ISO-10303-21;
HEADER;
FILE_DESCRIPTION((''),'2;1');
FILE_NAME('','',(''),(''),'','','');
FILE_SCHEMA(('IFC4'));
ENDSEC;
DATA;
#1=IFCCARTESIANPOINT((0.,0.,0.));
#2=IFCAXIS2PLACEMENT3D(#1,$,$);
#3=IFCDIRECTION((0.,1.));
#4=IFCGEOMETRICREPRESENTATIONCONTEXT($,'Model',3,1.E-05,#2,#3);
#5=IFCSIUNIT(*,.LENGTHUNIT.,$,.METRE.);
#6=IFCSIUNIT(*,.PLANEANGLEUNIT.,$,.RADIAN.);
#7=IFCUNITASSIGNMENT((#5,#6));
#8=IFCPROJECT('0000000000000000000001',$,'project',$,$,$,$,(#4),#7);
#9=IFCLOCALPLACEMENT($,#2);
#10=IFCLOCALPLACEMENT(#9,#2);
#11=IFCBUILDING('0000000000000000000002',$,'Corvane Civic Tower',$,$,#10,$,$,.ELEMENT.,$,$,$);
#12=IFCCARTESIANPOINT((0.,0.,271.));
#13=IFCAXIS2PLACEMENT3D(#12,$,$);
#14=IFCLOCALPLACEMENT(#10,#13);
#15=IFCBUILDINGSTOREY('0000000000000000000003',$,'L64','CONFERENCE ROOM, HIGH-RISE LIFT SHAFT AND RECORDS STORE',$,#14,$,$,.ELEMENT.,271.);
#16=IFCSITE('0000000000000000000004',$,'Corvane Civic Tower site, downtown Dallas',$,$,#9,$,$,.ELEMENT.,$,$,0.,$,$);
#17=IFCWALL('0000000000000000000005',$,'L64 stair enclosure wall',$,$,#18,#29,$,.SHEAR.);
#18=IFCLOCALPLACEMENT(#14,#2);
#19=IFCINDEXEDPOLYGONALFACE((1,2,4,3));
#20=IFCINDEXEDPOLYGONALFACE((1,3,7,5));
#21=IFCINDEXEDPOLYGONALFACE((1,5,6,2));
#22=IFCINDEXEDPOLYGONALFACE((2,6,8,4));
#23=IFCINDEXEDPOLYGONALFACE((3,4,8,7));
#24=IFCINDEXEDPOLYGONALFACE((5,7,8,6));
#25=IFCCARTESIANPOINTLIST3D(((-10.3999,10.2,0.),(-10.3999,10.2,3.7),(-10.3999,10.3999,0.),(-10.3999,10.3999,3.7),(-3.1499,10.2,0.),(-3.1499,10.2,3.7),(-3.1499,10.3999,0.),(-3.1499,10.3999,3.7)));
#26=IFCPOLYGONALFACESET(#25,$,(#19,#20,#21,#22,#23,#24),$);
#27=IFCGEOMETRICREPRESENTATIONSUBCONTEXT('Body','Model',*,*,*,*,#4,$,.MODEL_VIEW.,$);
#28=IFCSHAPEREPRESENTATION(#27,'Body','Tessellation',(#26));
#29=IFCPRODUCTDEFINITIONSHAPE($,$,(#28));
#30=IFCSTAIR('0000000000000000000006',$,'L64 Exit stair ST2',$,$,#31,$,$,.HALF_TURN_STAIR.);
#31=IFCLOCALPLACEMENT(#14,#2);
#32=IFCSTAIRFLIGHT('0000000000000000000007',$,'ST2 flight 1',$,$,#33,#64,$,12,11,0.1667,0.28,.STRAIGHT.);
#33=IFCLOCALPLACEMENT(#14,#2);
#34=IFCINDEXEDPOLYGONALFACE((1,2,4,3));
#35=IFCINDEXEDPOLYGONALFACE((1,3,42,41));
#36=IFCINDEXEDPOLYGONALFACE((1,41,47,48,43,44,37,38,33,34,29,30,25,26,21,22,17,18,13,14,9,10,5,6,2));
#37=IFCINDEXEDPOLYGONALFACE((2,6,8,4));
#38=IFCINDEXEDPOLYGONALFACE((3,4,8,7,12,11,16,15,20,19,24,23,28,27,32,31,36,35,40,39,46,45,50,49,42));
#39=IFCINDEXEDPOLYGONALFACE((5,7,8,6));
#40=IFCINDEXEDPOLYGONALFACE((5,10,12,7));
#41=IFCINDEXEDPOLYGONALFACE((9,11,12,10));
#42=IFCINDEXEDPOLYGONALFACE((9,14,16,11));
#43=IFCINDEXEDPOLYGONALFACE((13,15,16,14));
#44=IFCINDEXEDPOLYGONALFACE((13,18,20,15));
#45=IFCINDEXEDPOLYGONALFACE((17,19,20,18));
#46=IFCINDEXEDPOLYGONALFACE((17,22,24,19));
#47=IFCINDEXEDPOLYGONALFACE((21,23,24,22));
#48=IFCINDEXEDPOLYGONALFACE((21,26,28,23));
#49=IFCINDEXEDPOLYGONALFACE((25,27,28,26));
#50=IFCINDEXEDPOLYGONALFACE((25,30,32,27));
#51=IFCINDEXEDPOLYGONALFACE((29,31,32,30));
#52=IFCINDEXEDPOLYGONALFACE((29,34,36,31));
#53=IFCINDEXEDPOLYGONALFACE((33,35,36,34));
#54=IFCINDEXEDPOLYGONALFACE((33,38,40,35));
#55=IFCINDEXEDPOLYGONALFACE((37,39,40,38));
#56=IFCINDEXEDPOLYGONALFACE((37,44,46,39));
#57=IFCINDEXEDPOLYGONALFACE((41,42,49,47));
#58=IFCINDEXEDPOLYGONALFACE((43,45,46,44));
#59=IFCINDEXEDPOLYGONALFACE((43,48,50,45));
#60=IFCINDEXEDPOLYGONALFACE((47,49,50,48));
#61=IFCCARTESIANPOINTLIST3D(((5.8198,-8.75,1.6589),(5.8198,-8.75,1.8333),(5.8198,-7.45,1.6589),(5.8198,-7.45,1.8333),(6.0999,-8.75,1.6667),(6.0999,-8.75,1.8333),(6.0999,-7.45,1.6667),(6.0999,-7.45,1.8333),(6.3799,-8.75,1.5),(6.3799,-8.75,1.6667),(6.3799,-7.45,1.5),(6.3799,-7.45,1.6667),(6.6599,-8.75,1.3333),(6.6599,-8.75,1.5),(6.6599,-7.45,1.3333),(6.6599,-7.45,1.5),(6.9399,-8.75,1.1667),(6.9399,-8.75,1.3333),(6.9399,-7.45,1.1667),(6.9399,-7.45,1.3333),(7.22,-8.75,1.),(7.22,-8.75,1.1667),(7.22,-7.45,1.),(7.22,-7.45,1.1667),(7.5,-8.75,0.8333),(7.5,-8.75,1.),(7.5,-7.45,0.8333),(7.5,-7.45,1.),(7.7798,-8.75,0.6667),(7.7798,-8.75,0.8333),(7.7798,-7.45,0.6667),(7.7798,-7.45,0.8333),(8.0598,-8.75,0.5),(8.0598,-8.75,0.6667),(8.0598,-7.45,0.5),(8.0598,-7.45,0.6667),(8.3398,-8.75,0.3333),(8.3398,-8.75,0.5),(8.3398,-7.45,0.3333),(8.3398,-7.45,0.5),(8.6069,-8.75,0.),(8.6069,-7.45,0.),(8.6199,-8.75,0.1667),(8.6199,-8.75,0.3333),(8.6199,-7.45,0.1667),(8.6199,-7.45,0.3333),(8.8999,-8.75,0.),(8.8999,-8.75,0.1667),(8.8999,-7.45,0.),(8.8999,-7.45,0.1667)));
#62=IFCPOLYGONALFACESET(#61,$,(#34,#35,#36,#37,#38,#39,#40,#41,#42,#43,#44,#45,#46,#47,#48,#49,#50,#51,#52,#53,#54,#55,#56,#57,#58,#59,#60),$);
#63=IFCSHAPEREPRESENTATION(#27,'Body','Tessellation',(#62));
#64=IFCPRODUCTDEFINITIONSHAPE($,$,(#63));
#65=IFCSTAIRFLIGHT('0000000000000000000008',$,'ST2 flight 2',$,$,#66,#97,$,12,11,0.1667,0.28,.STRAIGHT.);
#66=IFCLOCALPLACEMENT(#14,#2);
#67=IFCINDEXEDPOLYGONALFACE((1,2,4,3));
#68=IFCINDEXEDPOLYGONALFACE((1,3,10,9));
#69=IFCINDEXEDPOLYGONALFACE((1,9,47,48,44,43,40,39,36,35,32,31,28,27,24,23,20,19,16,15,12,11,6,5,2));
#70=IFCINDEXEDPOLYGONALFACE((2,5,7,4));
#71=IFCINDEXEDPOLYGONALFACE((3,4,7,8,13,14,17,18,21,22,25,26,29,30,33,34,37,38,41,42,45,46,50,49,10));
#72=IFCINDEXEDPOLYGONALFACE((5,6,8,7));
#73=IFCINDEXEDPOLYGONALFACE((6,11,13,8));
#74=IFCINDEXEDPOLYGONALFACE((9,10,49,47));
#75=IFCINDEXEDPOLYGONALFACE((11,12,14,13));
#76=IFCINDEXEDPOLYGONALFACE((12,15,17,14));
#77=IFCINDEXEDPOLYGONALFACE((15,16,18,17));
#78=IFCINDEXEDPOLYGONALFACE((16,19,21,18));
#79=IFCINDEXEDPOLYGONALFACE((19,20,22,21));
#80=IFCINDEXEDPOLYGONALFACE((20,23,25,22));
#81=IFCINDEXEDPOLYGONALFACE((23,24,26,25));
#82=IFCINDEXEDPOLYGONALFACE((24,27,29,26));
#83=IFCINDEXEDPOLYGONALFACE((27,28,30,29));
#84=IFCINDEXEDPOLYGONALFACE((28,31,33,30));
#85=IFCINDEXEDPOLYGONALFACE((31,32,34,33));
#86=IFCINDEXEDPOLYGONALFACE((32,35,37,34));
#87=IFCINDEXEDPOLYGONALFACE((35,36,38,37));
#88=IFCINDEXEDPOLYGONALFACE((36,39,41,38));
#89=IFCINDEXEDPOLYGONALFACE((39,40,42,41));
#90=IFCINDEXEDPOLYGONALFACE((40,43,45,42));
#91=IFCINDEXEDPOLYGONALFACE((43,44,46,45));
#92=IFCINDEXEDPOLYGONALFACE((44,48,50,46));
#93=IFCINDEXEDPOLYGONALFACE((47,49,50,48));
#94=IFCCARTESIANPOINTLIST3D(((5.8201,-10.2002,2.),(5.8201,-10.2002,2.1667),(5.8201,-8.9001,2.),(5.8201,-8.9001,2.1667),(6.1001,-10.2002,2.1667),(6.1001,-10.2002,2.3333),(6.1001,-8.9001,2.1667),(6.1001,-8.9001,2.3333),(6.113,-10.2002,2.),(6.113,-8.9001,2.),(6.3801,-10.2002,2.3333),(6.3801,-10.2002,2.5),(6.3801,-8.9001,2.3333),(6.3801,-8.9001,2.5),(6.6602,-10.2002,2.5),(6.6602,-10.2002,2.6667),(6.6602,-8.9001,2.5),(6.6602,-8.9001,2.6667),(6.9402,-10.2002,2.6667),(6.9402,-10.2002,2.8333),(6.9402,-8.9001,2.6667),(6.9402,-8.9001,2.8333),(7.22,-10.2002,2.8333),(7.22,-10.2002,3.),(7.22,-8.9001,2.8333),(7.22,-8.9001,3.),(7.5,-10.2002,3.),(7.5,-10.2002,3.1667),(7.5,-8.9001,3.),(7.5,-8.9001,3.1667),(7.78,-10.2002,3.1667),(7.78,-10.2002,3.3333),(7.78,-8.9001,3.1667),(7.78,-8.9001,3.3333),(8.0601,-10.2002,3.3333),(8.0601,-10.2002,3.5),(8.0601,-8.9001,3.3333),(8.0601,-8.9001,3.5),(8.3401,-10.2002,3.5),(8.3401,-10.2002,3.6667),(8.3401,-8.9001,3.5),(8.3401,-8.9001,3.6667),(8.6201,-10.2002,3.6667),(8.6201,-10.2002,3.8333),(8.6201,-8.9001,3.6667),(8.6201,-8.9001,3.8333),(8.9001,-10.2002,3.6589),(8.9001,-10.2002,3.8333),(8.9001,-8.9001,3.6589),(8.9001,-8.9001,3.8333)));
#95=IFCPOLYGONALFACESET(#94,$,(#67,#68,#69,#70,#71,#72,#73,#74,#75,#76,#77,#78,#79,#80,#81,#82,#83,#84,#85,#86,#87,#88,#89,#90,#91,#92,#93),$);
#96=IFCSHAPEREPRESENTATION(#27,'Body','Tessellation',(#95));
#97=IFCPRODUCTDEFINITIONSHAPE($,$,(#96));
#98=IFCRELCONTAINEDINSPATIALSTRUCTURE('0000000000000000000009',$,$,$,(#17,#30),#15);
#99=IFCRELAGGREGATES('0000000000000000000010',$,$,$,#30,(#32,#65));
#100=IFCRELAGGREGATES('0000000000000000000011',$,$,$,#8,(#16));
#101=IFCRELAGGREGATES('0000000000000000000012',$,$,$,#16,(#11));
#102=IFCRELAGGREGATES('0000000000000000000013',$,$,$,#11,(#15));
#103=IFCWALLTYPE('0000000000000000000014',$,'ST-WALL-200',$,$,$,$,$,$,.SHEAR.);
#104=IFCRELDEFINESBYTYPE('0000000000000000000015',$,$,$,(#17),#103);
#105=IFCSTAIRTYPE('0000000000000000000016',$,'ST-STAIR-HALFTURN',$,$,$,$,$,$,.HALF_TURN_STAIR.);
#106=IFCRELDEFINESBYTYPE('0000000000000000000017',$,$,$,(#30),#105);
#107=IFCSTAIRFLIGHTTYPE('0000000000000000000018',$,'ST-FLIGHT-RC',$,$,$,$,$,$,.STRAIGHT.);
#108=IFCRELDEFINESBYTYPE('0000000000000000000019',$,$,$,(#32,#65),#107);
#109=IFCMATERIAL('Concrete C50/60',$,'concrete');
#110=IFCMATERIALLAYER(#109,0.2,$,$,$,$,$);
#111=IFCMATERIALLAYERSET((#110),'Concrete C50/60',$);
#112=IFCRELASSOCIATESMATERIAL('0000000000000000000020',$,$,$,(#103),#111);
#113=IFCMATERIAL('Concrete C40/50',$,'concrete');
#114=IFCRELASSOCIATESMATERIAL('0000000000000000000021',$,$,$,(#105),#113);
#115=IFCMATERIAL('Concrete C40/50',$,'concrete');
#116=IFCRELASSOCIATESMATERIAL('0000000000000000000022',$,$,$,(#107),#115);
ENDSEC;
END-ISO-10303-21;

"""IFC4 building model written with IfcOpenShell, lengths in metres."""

from ifc_helpers import new_model, si_unit, direction, frame, origin, place, context, subcontext, project, spatial, polyline, outline, extrude, material, layer, layer_set, type_object, element, aggregate, save


model = new_model("IFC4")

# Units and contexts
model_context = context("Model", 3, precision=1e-05, world=origin(), true_north=direction((0.0, 1.0)))
body_context = subcontext(model_context, "Body", "Model", "MODEL_VIEW")
ifc_project = project(units=[si_unit("LENGTHUNIT", "METRE"), si_unit("PLANEANGLEUNIT", "RADIAN")], contexts=[model_context])

# Site, building, storey
site_placement = place(None, origin())
site = spatial("IfcSite", under=ifc_project, at=site_placement, Name="Corvane Civic Tower site, downtown Dallas", CompositionType="ELEMENT", RefElevation=0.0)
building_placement = place(site_placement, origin())
building = spatial("IfcBuilding", under=site, at=building_placement, Name="Corvane Civic Tower", CompositionType="ELEMENT")
storey_placement = place(building_placement, frame((0.0, 0.0, 271.0)))
storey = spatial("IfcBuildingStorey", under=building, at=storey_placement, Name="L64", Description="CONFERENCE ROOM, HIGH-RISE LIFT SHAFT AND RECORDS STORE", CompositionType="ELEMENT", Elevation=271.0)

# Shared definitions
ifc_material_1 = material(Name="Concrete C50/60", Category="concrete")
ifc_layer_1 = layer(ifc_material_1, 0.2)
ifc_layer_set_1 = layer_set([ifc_layer_1], Name="Concrete C50/60")
wall_type_1 = type_object("IfcWallType", Name="ST-WALL-200", PredefinedType="SHEAR", material=ifc_layer_set_1)

# Wall
wall_1_placement = place(storey_placement, origin())
element("IfcWall", 1, at=wall_1_placement, inside=storey, type_object=wall_type_1, Name="L64 stair enclosure wall", PredefinedType="SHEAR", context=body_context, shape_type="SweptSolid", body=[
    extrude(outline(polyline([(-3.1499, 10.2), (-10.3999, 10.2), (-10.3999, 10.3999), (-3.1499, 10.3999), (-3.1499, 10.2)])), origin(), (0.0, 0.0, 1.0), 3.7),
])

# Stair, stair flights
ifc_material_2 = material(Name="Concrete C40/50", Category="concrete")
stair_type = type_object("IfcStairType", Name="ST-STAIR-HALFTURN", PredefinedType="HALF_TURN_STAIR", material=ifc_material_2)
stair_placement = place(storey_placement, origin())
stair = element("IfcStair", 2, at=stair_placement, inside=storey, type_object=stair_type, Name="L64 Exit stair ST2", PredefinedType="HALF_TURN_STAIR")
ifc_material_3 = material(Name="Concrete C40/50", Category="concrete")
stair_flight_type = type_object("IfcStairFlightType", Name="ST-FLIGHT-RC", PredefinedType="STRAIGHT", material=ifc_material_3)
stair_flight_1_placement = place(storey_placement, frame((8.8999, -8.1001, 0.0), z_axis=(0.0, 0.0, 1.0), x_axis=(-1.0, 0.0, 0.0)))
stair_flight_1 = element("IfcStairFlight", 3, at=stair_flight_1_placement, type_object=stair_flight_type, Name="ST2 flight 1", NumberOfRisers=12, NumberOfTreads=11, PredefinedType="STRAIGHT", RiserHeight=0.1667, TreadLength=0.28, context=body_context, shape_type="SweptSolid", body=[
    extrude(outline(polyline([(0.0, 0.0), (0.0, 0.1667), (0.28, 0.1667), (0.28, 0.3333), (0.5601, 0.3333), (0.5601, 0.5), (0.8401, 0.5), (0.8401, 0.6667), (1.1201, 0.6667), (1.1201, 0.8333), (1.3999, 0.8333), (1.3999, 1.0), (1.6799, 1.0), (1.6799, 1.1667), (1.96, 1.1667), (1.96, 1.3333), (2.24, 1.3333), (2.24, 1.5), (2.52, 1.5), (2.52, 1.6667), (2.8, 1.6667), (2.8, 1.8333), (3.0801, 1.8333), (3.0801, 2.0), (3.0801, 1.6589), (0.293, 0.0), (0.0, 0.0)])), frame((0.0, 0.6499, 0.0), z_axis=(0.0, -1.0, 0.0), x_axis=(1.0, 0.0, 0.0)), (0.0, 0.0, 1.0), 1.3),
])
stair_flight_2_placement = place(storey_placement, frame((5.8201, -9.55, 2.0), z_axis=(0.0, 0.0, 1.0), x_axis=(1.0, 0.0, 0.0)))
stair_flight_2 = element("IfcStairFlight", 4, at=stair_flight_2_placement, type_object=stair_flight_type, Name="ST2 flight 2", NumberOfRisers=12, NumberOfTreads=11, PredefinedType="STRAIGHT", RiserHeight=0.1667, TreadLength=0.28, context=body_context, shape_type="SweptSolid", body=[
    extrude(outline(polyline([(0.0, 0.0), (0.0, 0.1667), (0.28, 0.1667), (0.28, 0.3333), (0.5601, 0.3333), (0.5601, 0.5), (0.8401, 0.5), (0.8401, 0.6667), (1.1201, 0.6667), (1.1201, 0.8333), (1.3999, 0.8333), (1.3999, 1.0), (1.6799, 1.0), (1.6799, 1.1667), (1.96, 1.1667), (1.96, 1.3333), (2.24, 1.3333), (2.24, 1.5), (2.52, 1.5), (2.52, 1.6667), (2.8, 1.6667), (2.8, 1.8333), (3.0801, 1.8333), (3.0801, 2.0), (3.0801, 1.6589), (0.293, 0.0), (0.0, 0.0)])), frame((0.0, 0.6499, 0.0), z_axis=(0.0, -1.0, 0.0), x_axis=(1.0, 0.0, 0.0)), (0.0, 0.0, 1.0), 1.3),
])
aggregate(stair, [stair_flight_1, stair_flight_2])

save(model, "model.ifc")
